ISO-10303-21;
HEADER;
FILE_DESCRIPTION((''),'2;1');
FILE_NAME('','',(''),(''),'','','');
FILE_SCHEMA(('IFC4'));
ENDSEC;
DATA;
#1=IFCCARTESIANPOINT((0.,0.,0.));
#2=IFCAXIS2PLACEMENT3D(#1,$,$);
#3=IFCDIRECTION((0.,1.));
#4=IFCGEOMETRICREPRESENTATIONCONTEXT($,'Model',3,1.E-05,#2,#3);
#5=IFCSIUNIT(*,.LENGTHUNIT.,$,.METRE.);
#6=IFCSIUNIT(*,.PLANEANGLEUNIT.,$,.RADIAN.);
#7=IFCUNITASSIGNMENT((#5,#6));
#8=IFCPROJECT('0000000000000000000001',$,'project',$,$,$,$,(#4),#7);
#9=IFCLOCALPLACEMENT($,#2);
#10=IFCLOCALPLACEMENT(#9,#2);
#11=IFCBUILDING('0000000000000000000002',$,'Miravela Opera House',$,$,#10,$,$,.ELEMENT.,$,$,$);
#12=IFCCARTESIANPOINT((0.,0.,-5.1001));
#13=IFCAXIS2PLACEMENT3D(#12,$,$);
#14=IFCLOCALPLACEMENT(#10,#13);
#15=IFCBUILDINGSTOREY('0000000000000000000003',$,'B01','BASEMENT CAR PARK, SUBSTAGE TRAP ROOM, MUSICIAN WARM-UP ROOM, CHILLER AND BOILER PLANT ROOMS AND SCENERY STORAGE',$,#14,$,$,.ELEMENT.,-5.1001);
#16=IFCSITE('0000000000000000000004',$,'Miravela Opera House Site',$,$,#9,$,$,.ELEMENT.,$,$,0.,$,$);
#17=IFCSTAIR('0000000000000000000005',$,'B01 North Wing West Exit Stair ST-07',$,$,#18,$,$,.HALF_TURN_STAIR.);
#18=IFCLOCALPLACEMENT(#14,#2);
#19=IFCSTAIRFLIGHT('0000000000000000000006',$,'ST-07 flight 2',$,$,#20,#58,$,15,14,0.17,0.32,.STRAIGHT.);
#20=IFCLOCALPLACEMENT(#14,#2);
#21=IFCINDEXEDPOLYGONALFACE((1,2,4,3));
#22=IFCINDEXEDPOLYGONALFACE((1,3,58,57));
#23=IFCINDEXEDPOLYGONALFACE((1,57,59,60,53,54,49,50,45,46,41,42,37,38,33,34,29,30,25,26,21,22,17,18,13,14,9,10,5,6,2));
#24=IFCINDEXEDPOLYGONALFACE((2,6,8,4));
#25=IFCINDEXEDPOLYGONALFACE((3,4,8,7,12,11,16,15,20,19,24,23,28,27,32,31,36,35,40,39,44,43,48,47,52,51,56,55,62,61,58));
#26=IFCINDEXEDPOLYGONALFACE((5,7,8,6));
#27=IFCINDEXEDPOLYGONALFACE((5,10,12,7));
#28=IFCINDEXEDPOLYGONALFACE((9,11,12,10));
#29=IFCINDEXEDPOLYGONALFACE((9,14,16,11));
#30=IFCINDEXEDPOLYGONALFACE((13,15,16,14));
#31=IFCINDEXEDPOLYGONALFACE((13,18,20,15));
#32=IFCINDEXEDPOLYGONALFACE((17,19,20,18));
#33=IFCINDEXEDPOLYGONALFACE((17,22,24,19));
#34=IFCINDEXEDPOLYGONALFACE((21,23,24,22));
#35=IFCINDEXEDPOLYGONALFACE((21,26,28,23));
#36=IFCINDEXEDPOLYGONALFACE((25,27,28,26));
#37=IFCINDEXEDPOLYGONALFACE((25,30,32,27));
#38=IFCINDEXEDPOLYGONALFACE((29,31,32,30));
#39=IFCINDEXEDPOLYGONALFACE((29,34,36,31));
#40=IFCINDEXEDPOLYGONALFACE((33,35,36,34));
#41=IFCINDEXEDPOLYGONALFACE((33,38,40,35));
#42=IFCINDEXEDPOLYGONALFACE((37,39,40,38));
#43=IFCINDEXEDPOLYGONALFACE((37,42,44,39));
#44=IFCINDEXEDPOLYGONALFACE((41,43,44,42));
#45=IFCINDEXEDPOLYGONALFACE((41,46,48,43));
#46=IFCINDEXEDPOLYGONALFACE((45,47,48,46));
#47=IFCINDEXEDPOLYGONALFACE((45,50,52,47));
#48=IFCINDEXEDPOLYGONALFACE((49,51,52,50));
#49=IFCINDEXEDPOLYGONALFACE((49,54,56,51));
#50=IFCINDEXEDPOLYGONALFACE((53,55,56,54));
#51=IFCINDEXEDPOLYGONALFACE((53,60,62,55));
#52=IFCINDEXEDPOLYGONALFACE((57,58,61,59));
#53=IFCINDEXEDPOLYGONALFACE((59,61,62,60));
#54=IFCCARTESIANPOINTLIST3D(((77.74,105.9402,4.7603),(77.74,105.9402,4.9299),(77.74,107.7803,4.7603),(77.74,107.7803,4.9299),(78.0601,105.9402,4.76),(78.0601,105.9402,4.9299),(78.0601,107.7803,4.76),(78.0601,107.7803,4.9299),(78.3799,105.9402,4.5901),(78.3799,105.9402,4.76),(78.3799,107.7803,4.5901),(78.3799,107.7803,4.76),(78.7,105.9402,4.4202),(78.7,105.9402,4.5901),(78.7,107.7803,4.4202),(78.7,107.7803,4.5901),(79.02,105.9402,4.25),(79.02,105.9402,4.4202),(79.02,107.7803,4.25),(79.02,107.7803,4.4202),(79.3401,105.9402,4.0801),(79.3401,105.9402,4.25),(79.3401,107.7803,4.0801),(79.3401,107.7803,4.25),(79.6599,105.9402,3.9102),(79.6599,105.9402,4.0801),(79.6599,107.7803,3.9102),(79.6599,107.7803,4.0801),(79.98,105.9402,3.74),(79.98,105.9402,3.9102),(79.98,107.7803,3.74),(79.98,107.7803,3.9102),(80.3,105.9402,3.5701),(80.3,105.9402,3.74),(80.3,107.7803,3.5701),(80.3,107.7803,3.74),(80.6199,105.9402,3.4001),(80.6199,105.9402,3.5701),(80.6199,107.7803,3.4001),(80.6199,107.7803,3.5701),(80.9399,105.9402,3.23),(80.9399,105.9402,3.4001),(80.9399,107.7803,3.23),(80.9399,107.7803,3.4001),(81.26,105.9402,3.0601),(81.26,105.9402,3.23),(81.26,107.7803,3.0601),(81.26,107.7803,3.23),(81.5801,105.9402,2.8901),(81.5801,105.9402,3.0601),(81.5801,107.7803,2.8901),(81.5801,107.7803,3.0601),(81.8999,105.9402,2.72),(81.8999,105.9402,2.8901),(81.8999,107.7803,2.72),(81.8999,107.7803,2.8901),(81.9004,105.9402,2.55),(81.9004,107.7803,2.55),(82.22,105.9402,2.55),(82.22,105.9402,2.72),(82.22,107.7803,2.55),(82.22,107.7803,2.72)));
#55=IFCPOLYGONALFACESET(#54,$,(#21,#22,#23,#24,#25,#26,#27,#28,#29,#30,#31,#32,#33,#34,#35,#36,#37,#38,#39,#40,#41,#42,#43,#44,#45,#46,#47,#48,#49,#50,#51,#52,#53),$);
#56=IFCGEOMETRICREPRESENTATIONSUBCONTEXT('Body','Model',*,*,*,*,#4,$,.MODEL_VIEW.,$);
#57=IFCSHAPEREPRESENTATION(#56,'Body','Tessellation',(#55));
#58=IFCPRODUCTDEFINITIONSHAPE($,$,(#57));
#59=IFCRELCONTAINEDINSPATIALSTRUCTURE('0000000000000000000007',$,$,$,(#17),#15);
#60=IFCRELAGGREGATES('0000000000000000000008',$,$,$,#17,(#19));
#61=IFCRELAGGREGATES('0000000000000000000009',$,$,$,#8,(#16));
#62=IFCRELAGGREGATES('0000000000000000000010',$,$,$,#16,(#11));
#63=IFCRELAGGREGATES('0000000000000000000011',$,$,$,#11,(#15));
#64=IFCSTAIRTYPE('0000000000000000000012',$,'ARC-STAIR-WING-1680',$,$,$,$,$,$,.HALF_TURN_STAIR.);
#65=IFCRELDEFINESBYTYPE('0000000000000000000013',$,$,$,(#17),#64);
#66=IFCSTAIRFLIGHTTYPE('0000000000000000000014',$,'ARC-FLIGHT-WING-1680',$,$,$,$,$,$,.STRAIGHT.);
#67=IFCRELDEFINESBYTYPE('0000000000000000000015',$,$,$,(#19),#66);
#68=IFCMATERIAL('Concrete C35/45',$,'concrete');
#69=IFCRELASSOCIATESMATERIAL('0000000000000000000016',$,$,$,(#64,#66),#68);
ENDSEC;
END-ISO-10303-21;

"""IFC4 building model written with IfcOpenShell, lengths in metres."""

from ifc_helpers import new_model, si_unit, direction, frame, origin, place, context, subcontext, project, spatial, polyline, outline, extrude, material, type_object, element, aggregate, save


model = new_model("IFC4")

# Units and contexts
model_context = context("Model", 3, precision=1e-05, world=origin(), true_north=direction((0.0, 1.0)))
body_context = subcontext(model_context, "Body", "Model", "MODEL_VIEW")
ifc_project = project(units=[si_unit("LENGTHUNIT", "METRE"), si_unit("PLANEANGLEUNIT", "RADIAN")], contexts=[model_context])

# Site, building, storey
site_placement = place(None, origin())
site = spatial("IfcSite", under=ifc_project, at=site_placement, Name="Miravela Opera House Site", CompositionType="ELEMENT", RefElevation=0.0)
building_placement = place(site_placement, origin())
building = spatial("IfcBuilding", under=site, at=building_placement, Name="Miravela Opera House", CompositionType="ELEMENT")
storey_placement = place(building_placement, frame((0.0, 0.0, -5.1001)))
storey = spatial("IfcBuildingStorey", under=building, at=storey_placement, Name="B01", Description="BASEMENT CAR PARK, SUBSTAGE TRAP ROOM, MUSICIAN WARM-UP ROOM, CHILLER AND BOILER PLANT ROOMS AND SCENERY STORAGE", CompositionType="ELEMENT", Elevation=-5.1001)

# Shared definitions
ifc_material_1 = material(Name="Concrete C35/45", Category="concrete")

# Stair, stair flight
stair_type = type_object("IfcStairType", Name="ARC-STAIR-WING-1680", PredefinedType="HALF_TURN_STAIR", material=ifc_material_1)
stair_placement = place(storey_placement, origin())
stair = element("IfcStair", 1, at=stair_placement, inside=storey, type_object=stair_type, Name="B01 North Wing West Exit Stair ST-07", PredefinedType="HALF_TURN_STAIR")
stair_flight_type = type_object("IfcStairFlightType", Name="ARC-FLIGHT-WING-1680", PredefinedType="STRAIGHT", material=ifc_material_1)
stair_flight_placement = place(storey_placement, frame((82.22, 106.8601, 2.55), z_axis=(0.0, 0.0, 1.0), x_axis=(-1.0, 0.0, 0.0)))
stair_flight = element("IfcStairFlight", 2, at=stair_flight_placement, type_object=stair_flight_type, Name="ST-07 flight 2", NumberOfRisers=15, NumberOfTreads=14, PredefinedType="STRAIGHT", RiserHeight=0.17, TreadLength=0.32, context=body_context, shape_type="SweptSolid", body=[
    extrude(outline(polyline([(0.0, 0.0), (0.0, 0.1699), (0.3201, 0.1699), (0.3201, 0.3401), (0.6399, 0.3401), (0.6399, 0.51), (0.96, 0.51), (0.96, 0.6799), (1.28, 0.6799), (1.28, 0.8501), (1.6001, 0.8501), (1.6001, 1.02), (1.9199, 1.02), (1.9199, 1.1899), (2.24, 1.1899), (2.24, 1.3601), (2.5601, 1.3601), (2.5601, 1.53), (2.8799, 1.53), (2.8799, 1.7), (3.2, 1.7), (3.2, 1.8701), (3.52, 1.8701), (3.52, 2.04), (3.8401, 2.04), (3.8401, 2.21), (4.1599, 2.21), (4.1599, 2.3799), (4.48, 2.3799), (4.48, 2.55), (4.48, 2.2102), (0.3196, 0.0), (0.0, 0.0)])), frame((0.0, 0.9199, 0.0), z_axis=(0.0, -1.0, 0.0), x_axis=(1.0, 0.0, 0.0)), (0.0, 0.0, 1.0), 1.8401),
])
aggregate(stair, [stair_flight])

save(model, "model.ifc")
